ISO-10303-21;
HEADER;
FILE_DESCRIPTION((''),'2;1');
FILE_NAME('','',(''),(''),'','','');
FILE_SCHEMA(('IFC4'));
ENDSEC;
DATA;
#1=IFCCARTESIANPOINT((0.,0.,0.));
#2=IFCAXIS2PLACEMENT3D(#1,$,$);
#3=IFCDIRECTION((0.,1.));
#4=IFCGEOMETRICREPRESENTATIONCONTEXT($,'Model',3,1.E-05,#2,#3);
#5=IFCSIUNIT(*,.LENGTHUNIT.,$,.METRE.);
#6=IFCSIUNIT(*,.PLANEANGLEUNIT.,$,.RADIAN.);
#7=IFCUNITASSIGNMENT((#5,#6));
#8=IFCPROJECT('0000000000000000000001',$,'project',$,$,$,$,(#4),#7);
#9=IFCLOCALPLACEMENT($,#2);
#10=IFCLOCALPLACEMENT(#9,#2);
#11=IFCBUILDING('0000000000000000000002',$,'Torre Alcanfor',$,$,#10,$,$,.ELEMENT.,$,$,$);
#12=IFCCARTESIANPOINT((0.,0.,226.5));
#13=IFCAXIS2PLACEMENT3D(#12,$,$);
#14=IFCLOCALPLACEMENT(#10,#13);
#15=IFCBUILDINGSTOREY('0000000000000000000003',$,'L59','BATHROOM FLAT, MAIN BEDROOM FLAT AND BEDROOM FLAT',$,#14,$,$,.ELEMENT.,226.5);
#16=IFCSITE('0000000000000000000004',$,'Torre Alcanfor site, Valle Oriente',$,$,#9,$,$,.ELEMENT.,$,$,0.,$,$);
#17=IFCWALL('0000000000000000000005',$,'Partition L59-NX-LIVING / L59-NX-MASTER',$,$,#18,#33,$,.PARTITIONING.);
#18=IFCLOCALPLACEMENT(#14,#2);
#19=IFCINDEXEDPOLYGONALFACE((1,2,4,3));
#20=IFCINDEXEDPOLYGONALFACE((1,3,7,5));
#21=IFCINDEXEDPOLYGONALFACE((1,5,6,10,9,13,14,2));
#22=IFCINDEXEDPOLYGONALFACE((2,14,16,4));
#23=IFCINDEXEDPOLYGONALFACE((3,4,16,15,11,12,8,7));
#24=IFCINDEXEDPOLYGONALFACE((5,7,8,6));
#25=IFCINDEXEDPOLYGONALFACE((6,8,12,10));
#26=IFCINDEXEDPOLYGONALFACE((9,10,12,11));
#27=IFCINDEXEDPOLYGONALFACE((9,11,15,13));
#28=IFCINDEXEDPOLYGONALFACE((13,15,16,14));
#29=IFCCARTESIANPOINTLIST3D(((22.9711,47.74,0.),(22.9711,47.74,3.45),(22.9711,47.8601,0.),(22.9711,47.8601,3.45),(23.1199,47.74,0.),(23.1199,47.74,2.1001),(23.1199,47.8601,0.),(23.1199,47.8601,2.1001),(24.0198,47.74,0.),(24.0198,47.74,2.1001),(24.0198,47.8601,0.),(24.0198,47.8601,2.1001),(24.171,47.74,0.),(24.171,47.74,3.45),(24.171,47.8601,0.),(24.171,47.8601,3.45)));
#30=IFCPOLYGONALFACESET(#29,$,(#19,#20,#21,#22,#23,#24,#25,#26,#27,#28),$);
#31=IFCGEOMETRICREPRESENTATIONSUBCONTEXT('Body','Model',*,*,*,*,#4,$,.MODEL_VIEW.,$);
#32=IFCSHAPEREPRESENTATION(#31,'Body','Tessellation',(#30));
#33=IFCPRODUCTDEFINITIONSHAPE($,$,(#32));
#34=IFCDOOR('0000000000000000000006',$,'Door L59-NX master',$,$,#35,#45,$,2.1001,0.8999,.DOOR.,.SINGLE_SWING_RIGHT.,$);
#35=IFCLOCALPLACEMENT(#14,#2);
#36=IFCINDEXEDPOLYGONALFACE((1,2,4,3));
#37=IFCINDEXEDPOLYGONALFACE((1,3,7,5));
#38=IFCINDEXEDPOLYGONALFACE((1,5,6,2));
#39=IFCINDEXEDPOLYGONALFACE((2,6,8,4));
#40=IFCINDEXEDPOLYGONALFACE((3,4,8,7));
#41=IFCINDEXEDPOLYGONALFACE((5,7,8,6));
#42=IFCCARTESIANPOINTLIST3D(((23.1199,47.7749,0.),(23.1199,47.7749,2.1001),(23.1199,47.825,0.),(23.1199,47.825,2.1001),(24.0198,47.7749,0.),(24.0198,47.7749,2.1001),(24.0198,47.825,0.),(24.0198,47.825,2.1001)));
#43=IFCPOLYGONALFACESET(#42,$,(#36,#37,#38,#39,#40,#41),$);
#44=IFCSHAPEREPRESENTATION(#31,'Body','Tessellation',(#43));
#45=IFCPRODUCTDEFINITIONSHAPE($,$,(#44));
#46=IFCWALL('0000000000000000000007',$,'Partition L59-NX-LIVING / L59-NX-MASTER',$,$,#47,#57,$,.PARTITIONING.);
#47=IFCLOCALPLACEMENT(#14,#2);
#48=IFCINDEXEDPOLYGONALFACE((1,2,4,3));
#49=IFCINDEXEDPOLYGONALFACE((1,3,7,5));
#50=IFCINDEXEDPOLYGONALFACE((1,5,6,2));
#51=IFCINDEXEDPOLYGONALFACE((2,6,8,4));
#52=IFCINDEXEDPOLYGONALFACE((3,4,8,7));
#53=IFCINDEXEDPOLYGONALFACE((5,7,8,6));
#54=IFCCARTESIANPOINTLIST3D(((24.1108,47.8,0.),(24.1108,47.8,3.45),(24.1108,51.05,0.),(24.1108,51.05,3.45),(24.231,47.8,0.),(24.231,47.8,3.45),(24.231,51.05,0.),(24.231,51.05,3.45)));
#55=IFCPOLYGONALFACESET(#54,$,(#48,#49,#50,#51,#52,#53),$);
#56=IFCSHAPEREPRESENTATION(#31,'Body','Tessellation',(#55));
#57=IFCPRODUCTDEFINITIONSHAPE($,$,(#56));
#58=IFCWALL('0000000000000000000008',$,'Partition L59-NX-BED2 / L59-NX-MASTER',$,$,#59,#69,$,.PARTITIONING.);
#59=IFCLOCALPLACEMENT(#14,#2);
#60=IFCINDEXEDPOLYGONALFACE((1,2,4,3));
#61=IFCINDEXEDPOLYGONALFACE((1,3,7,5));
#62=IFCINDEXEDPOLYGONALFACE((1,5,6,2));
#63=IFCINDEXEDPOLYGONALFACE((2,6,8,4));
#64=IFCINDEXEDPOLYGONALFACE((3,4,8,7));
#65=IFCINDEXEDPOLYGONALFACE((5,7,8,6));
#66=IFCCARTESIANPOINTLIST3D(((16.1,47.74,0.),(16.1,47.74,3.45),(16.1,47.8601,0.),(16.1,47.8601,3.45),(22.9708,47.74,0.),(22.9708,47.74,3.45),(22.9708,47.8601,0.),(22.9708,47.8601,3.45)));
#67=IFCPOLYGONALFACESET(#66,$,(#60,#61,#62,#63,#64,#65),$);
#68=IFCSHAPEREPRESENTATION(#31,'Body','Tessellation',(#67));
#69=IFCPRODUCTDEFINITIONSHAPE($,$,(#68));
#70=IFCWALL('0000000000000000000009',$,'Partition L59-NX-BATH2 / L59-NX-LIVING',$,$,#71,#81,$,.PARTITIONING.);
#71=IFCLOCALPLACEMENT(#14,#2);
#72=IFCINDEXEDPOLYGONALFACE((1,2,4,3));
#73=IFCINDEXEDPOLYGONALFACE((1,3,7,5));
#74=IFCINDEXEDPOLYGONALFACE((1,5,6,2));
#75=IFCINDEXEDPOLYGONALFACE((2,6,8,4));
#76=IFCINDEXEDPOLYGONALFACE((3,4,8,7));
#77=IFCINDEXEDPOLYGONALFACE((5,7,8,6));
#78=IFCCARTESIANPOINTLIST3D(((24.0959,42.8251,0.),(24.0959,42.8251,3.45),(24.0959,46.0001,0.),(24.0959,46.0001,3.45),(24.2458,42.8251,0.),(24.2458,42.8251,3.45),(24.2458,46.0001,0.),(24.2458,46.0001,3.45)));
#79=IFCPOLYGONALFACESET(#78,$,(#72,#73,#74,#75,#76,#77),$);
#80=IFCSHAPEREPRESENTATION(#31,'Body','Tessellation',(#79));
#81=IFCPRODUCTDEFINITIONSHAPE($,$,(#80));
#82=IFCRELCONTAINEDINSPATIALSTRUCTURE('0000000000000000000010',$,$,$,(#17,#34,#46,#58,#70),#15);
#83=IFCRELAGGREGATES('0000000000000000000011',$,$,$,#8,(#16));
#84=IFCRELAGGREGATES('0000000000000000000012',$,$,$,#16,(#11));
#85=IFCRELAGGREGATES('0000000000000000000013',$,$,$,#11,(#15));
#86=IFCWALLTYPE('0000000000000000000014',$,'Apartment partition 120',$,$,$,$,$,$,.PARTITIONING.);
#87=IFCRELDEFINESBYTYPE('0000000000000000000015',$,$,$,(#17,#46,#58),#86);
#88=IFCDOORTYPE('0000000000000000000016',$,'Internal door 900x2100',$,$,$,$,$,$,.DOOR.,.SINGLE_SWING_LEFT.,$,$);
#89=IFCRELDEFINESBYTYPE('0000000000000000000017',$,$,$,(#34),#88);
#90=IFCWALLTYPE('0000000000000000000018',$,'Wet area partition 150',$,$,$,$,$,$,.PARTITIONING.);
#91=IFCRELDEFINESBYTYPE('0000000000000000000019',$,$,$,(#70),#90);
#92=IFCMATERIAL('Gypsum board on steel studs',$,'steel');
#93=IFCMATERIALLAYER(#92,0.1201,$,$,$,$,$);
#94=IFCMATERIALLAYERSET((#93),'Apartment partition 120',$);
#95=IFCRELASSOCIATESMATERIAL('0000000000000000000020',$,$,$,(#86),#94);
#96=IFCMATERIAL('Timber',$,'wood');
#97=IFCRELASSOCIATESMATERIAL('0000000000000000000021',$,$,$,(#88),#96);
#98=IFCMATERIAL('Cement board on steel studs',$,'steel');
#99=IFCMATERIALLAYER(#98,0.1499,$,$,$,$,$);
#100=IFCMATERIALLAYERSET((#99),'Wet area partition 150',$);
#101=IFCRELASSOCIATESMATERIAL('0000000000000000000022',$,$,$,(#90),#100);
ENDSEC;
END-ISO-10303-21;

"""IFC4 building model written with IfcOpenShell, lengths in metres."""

from ifc_helpers import new_model, si_unit, direction, frame, frame_2d, origin, place, context, subcontext, project, spatial, rectangle, extrude, material, layer, layer_set, type_object, element, fill, save


model = new_model("IFC4")

# Units and contexts
model_context = context("Model", 3, precision=1e-05, world=origin(), true_north=direction((0.0, 1.0)))
body_context = subcontext(model_context, "Body", "Model", "MODEL_VIEW")
ifc_project = project(units=[si_unit("LENGTHUNIT", "METRE"), si_unit("PLANEANGLEUNIT", "RADIAN")], contexts=[model_context])

# Site, building, storey
site_placement = place(None, origin())
site = spatial("IfcSite", under=ifc_project, at=site_placement, Name="Torre Alcanfor site, Valle Oriente", CompositionType="ELEMENT", RefElevation=0.0)
building_placement = place(site_placement, origin())
building = spatial("IfcBuilding", under=site, at=building_placement, Name="Torre Alcanfor", CompositionType="ELEMENT")
storey_placement = place(building_placement, frame((0.0, 0.0, 226.5)))
storey = spatial("IfcBuildingStorey", under=building, at=storey_placement, Name="L59", Description="BATHROOM FLAT, MAIN BEDROOM FLAT AND BEDROOM FLAT", CompositionType="ELEMENT", Elevation=226.5)

# Wall, opening, door
ifc_material_1 = material(Name="Gypsum board on steel studs", Category="steel")
ifc_layer_1 = layer(ifc_material_1, 0.1201)
ifc_layer_set_1 = layer_set([ifc_layer_1], Name="Apartment partition 120")
wall_type_1 = type_object("IfcWallType", Name="Apartment partition 120", PredefinedType="PARTITIONING", material=ifc_layer_set_1)
ifc_material_2 = material(Name="Timber", Category="wood")
door_type = type_object("IfcDoorType", Name="Internal door 900x2100", OperationType="SINGLE_SWING_LEFT", PredefinedType="DOOR", material=ifc_material_2)
wall_1_placement = place(storey_placement, frame((22.9709, 47.8, 0.0), z_axis=(0.0, 0.0, 1.0), x_axis=(1.0, 0.0, 0.0)))
wall_1 = element("IfcWall", 1, at=wall_1_placement, inside=storey, type_object=wall_type_1, Name="Partition L59-NX-LIVING / L59-NX-MASTER", PredefinedType="PARTITIONING", context=body_context, shape_type="SweptSolid", body=[
    extrude(rectangle(XDim=1.2, YDim=0.1201, at=frame_2d((0.6001, 0.0))), origin(), (0.0, 0.0, 1.0), 3.45),
])
opening_1_placement = place(wall_1_placement, frame((0.1489, 0.0, 0.0)))
opening_1 = element("IfcOpeningElement", 2, at=opening_1_placement, cuts=wall_1, PredefinedType="OPENING", context=body_context, shape_type="SweptSolid", body=[
    extrude(rectangle(XDim=0.8999, YDim=2.1001, at=frame_2d((0.45, 1.05))), frame((0.0, 0.0701, 0.0), z_axis=(0.0, -1.0, 0.0), x_axis=(1.0, 0.0, 0.0)), (0.0, 0.0, 1.0), 0.1401),
])
door_1_placement = place(opening_1_placement, origin())
door_1 = element("IfcDoor", 3, at=door_1_placement, inside=storey, type_object=door_type, Name="Door L59-NX master", OperationType="SINGLE_SWING_RIGHT", OverallHeight=2.1001, OverallWidth=0.8999, PredefinedType="DOOR", context=body_context, shape_type="SweptSolid", body=[
    extrude(rectangle(XDim=0.8999, YDim=2.1001, at=frame_2d((0.45, 1.05))), frame((0.0, 0.0249, 0.0), z_axis=(0.0, -1.0, 0.0), x_axis=(1.0, 0.0, 0.0)), (0.0, 0.0, 1.0), 0.05),
])
fill(opening_1, door_1)

# Walls
wall_2_placement = place(storey_placement, frame((24.1709, 47.8, 0.0), z_axis=(0.0, 0.0, 1.0), x_axis=(0.0, 1.0, 0.0)))
element("IfcWall", 4, at=wall_2_placement, inside=storey, type_object=wall_type_1, Name="Partition L59-NX-LIVING / L59-NX-MASTER", PredefinedType="PARTITIONING", context=body_context, shape_type="SweptSolid", body=[
    extrude(rectangle(XDim=3.25, YDim=0.1201, at=frame_2d((1.625, 0.0))), origin(), (0.0, 0.0, 1.0), 3.45),
])
wall_3_placement = place(storey_placement, frame((22.9709, 47.8, 0.0), z_axis=(0.0, 0.0, 1.0), x_axis=(-1.0, 0.0, 0.0)))
element("IfcWall", 5, at=wall_3_placement, inside=storey, type_object=wall_type_1, Name="Partition L59-NX-BED2 / L59-NX-MASTER", PredefinedType="PARTITIONING", context=body_context, shape_type="SweptSolid", body=[
    extrude(rectangle(XDim=6.8708, YDim=0.1201, at=frame_2d((3.4355, 0.0))), origin(), (0.0, 0.0, 1.0), 3.45),
])
ifc_material_3 = material(Name="Cement board on steel studs", Category="steel")
ifc_layer_2 = layer(ifc_material_3, 0.1499)
ifc_layer_set_2 = layer_set([ifc_layer_2], Name="Wet area partition 150")
wall_type_2 = type_object("IfcWallType", Name="Wet area partition 150", PredefinedType="PARTITIONING", material=ifc_layer_set_2)
wall_4_placement = place(storey_placement, frame((24.1709, 46.0, 0.0), z_axis=(0.0, 0.0, 1.0), x_axis=(0.0, -1.0, 0.0)))
element("IfcWall", 6, at=wall_4_placement, inside=storey, type_object=wall_type_2, Name="Partition L59-NX-BATH2 / L59-NX-LIVING", PredefinedType="PARTITIONING", context=body_context, shape_type="SweptSolid", body=[
    extrude(rectangle(XDim=3.175, YDim=0.1499, at=frame_2d((1.5874, 0.0))), origin(), (0.0, 0.0, 1.0), 3.45),
])

save(model, "model.ifc")
